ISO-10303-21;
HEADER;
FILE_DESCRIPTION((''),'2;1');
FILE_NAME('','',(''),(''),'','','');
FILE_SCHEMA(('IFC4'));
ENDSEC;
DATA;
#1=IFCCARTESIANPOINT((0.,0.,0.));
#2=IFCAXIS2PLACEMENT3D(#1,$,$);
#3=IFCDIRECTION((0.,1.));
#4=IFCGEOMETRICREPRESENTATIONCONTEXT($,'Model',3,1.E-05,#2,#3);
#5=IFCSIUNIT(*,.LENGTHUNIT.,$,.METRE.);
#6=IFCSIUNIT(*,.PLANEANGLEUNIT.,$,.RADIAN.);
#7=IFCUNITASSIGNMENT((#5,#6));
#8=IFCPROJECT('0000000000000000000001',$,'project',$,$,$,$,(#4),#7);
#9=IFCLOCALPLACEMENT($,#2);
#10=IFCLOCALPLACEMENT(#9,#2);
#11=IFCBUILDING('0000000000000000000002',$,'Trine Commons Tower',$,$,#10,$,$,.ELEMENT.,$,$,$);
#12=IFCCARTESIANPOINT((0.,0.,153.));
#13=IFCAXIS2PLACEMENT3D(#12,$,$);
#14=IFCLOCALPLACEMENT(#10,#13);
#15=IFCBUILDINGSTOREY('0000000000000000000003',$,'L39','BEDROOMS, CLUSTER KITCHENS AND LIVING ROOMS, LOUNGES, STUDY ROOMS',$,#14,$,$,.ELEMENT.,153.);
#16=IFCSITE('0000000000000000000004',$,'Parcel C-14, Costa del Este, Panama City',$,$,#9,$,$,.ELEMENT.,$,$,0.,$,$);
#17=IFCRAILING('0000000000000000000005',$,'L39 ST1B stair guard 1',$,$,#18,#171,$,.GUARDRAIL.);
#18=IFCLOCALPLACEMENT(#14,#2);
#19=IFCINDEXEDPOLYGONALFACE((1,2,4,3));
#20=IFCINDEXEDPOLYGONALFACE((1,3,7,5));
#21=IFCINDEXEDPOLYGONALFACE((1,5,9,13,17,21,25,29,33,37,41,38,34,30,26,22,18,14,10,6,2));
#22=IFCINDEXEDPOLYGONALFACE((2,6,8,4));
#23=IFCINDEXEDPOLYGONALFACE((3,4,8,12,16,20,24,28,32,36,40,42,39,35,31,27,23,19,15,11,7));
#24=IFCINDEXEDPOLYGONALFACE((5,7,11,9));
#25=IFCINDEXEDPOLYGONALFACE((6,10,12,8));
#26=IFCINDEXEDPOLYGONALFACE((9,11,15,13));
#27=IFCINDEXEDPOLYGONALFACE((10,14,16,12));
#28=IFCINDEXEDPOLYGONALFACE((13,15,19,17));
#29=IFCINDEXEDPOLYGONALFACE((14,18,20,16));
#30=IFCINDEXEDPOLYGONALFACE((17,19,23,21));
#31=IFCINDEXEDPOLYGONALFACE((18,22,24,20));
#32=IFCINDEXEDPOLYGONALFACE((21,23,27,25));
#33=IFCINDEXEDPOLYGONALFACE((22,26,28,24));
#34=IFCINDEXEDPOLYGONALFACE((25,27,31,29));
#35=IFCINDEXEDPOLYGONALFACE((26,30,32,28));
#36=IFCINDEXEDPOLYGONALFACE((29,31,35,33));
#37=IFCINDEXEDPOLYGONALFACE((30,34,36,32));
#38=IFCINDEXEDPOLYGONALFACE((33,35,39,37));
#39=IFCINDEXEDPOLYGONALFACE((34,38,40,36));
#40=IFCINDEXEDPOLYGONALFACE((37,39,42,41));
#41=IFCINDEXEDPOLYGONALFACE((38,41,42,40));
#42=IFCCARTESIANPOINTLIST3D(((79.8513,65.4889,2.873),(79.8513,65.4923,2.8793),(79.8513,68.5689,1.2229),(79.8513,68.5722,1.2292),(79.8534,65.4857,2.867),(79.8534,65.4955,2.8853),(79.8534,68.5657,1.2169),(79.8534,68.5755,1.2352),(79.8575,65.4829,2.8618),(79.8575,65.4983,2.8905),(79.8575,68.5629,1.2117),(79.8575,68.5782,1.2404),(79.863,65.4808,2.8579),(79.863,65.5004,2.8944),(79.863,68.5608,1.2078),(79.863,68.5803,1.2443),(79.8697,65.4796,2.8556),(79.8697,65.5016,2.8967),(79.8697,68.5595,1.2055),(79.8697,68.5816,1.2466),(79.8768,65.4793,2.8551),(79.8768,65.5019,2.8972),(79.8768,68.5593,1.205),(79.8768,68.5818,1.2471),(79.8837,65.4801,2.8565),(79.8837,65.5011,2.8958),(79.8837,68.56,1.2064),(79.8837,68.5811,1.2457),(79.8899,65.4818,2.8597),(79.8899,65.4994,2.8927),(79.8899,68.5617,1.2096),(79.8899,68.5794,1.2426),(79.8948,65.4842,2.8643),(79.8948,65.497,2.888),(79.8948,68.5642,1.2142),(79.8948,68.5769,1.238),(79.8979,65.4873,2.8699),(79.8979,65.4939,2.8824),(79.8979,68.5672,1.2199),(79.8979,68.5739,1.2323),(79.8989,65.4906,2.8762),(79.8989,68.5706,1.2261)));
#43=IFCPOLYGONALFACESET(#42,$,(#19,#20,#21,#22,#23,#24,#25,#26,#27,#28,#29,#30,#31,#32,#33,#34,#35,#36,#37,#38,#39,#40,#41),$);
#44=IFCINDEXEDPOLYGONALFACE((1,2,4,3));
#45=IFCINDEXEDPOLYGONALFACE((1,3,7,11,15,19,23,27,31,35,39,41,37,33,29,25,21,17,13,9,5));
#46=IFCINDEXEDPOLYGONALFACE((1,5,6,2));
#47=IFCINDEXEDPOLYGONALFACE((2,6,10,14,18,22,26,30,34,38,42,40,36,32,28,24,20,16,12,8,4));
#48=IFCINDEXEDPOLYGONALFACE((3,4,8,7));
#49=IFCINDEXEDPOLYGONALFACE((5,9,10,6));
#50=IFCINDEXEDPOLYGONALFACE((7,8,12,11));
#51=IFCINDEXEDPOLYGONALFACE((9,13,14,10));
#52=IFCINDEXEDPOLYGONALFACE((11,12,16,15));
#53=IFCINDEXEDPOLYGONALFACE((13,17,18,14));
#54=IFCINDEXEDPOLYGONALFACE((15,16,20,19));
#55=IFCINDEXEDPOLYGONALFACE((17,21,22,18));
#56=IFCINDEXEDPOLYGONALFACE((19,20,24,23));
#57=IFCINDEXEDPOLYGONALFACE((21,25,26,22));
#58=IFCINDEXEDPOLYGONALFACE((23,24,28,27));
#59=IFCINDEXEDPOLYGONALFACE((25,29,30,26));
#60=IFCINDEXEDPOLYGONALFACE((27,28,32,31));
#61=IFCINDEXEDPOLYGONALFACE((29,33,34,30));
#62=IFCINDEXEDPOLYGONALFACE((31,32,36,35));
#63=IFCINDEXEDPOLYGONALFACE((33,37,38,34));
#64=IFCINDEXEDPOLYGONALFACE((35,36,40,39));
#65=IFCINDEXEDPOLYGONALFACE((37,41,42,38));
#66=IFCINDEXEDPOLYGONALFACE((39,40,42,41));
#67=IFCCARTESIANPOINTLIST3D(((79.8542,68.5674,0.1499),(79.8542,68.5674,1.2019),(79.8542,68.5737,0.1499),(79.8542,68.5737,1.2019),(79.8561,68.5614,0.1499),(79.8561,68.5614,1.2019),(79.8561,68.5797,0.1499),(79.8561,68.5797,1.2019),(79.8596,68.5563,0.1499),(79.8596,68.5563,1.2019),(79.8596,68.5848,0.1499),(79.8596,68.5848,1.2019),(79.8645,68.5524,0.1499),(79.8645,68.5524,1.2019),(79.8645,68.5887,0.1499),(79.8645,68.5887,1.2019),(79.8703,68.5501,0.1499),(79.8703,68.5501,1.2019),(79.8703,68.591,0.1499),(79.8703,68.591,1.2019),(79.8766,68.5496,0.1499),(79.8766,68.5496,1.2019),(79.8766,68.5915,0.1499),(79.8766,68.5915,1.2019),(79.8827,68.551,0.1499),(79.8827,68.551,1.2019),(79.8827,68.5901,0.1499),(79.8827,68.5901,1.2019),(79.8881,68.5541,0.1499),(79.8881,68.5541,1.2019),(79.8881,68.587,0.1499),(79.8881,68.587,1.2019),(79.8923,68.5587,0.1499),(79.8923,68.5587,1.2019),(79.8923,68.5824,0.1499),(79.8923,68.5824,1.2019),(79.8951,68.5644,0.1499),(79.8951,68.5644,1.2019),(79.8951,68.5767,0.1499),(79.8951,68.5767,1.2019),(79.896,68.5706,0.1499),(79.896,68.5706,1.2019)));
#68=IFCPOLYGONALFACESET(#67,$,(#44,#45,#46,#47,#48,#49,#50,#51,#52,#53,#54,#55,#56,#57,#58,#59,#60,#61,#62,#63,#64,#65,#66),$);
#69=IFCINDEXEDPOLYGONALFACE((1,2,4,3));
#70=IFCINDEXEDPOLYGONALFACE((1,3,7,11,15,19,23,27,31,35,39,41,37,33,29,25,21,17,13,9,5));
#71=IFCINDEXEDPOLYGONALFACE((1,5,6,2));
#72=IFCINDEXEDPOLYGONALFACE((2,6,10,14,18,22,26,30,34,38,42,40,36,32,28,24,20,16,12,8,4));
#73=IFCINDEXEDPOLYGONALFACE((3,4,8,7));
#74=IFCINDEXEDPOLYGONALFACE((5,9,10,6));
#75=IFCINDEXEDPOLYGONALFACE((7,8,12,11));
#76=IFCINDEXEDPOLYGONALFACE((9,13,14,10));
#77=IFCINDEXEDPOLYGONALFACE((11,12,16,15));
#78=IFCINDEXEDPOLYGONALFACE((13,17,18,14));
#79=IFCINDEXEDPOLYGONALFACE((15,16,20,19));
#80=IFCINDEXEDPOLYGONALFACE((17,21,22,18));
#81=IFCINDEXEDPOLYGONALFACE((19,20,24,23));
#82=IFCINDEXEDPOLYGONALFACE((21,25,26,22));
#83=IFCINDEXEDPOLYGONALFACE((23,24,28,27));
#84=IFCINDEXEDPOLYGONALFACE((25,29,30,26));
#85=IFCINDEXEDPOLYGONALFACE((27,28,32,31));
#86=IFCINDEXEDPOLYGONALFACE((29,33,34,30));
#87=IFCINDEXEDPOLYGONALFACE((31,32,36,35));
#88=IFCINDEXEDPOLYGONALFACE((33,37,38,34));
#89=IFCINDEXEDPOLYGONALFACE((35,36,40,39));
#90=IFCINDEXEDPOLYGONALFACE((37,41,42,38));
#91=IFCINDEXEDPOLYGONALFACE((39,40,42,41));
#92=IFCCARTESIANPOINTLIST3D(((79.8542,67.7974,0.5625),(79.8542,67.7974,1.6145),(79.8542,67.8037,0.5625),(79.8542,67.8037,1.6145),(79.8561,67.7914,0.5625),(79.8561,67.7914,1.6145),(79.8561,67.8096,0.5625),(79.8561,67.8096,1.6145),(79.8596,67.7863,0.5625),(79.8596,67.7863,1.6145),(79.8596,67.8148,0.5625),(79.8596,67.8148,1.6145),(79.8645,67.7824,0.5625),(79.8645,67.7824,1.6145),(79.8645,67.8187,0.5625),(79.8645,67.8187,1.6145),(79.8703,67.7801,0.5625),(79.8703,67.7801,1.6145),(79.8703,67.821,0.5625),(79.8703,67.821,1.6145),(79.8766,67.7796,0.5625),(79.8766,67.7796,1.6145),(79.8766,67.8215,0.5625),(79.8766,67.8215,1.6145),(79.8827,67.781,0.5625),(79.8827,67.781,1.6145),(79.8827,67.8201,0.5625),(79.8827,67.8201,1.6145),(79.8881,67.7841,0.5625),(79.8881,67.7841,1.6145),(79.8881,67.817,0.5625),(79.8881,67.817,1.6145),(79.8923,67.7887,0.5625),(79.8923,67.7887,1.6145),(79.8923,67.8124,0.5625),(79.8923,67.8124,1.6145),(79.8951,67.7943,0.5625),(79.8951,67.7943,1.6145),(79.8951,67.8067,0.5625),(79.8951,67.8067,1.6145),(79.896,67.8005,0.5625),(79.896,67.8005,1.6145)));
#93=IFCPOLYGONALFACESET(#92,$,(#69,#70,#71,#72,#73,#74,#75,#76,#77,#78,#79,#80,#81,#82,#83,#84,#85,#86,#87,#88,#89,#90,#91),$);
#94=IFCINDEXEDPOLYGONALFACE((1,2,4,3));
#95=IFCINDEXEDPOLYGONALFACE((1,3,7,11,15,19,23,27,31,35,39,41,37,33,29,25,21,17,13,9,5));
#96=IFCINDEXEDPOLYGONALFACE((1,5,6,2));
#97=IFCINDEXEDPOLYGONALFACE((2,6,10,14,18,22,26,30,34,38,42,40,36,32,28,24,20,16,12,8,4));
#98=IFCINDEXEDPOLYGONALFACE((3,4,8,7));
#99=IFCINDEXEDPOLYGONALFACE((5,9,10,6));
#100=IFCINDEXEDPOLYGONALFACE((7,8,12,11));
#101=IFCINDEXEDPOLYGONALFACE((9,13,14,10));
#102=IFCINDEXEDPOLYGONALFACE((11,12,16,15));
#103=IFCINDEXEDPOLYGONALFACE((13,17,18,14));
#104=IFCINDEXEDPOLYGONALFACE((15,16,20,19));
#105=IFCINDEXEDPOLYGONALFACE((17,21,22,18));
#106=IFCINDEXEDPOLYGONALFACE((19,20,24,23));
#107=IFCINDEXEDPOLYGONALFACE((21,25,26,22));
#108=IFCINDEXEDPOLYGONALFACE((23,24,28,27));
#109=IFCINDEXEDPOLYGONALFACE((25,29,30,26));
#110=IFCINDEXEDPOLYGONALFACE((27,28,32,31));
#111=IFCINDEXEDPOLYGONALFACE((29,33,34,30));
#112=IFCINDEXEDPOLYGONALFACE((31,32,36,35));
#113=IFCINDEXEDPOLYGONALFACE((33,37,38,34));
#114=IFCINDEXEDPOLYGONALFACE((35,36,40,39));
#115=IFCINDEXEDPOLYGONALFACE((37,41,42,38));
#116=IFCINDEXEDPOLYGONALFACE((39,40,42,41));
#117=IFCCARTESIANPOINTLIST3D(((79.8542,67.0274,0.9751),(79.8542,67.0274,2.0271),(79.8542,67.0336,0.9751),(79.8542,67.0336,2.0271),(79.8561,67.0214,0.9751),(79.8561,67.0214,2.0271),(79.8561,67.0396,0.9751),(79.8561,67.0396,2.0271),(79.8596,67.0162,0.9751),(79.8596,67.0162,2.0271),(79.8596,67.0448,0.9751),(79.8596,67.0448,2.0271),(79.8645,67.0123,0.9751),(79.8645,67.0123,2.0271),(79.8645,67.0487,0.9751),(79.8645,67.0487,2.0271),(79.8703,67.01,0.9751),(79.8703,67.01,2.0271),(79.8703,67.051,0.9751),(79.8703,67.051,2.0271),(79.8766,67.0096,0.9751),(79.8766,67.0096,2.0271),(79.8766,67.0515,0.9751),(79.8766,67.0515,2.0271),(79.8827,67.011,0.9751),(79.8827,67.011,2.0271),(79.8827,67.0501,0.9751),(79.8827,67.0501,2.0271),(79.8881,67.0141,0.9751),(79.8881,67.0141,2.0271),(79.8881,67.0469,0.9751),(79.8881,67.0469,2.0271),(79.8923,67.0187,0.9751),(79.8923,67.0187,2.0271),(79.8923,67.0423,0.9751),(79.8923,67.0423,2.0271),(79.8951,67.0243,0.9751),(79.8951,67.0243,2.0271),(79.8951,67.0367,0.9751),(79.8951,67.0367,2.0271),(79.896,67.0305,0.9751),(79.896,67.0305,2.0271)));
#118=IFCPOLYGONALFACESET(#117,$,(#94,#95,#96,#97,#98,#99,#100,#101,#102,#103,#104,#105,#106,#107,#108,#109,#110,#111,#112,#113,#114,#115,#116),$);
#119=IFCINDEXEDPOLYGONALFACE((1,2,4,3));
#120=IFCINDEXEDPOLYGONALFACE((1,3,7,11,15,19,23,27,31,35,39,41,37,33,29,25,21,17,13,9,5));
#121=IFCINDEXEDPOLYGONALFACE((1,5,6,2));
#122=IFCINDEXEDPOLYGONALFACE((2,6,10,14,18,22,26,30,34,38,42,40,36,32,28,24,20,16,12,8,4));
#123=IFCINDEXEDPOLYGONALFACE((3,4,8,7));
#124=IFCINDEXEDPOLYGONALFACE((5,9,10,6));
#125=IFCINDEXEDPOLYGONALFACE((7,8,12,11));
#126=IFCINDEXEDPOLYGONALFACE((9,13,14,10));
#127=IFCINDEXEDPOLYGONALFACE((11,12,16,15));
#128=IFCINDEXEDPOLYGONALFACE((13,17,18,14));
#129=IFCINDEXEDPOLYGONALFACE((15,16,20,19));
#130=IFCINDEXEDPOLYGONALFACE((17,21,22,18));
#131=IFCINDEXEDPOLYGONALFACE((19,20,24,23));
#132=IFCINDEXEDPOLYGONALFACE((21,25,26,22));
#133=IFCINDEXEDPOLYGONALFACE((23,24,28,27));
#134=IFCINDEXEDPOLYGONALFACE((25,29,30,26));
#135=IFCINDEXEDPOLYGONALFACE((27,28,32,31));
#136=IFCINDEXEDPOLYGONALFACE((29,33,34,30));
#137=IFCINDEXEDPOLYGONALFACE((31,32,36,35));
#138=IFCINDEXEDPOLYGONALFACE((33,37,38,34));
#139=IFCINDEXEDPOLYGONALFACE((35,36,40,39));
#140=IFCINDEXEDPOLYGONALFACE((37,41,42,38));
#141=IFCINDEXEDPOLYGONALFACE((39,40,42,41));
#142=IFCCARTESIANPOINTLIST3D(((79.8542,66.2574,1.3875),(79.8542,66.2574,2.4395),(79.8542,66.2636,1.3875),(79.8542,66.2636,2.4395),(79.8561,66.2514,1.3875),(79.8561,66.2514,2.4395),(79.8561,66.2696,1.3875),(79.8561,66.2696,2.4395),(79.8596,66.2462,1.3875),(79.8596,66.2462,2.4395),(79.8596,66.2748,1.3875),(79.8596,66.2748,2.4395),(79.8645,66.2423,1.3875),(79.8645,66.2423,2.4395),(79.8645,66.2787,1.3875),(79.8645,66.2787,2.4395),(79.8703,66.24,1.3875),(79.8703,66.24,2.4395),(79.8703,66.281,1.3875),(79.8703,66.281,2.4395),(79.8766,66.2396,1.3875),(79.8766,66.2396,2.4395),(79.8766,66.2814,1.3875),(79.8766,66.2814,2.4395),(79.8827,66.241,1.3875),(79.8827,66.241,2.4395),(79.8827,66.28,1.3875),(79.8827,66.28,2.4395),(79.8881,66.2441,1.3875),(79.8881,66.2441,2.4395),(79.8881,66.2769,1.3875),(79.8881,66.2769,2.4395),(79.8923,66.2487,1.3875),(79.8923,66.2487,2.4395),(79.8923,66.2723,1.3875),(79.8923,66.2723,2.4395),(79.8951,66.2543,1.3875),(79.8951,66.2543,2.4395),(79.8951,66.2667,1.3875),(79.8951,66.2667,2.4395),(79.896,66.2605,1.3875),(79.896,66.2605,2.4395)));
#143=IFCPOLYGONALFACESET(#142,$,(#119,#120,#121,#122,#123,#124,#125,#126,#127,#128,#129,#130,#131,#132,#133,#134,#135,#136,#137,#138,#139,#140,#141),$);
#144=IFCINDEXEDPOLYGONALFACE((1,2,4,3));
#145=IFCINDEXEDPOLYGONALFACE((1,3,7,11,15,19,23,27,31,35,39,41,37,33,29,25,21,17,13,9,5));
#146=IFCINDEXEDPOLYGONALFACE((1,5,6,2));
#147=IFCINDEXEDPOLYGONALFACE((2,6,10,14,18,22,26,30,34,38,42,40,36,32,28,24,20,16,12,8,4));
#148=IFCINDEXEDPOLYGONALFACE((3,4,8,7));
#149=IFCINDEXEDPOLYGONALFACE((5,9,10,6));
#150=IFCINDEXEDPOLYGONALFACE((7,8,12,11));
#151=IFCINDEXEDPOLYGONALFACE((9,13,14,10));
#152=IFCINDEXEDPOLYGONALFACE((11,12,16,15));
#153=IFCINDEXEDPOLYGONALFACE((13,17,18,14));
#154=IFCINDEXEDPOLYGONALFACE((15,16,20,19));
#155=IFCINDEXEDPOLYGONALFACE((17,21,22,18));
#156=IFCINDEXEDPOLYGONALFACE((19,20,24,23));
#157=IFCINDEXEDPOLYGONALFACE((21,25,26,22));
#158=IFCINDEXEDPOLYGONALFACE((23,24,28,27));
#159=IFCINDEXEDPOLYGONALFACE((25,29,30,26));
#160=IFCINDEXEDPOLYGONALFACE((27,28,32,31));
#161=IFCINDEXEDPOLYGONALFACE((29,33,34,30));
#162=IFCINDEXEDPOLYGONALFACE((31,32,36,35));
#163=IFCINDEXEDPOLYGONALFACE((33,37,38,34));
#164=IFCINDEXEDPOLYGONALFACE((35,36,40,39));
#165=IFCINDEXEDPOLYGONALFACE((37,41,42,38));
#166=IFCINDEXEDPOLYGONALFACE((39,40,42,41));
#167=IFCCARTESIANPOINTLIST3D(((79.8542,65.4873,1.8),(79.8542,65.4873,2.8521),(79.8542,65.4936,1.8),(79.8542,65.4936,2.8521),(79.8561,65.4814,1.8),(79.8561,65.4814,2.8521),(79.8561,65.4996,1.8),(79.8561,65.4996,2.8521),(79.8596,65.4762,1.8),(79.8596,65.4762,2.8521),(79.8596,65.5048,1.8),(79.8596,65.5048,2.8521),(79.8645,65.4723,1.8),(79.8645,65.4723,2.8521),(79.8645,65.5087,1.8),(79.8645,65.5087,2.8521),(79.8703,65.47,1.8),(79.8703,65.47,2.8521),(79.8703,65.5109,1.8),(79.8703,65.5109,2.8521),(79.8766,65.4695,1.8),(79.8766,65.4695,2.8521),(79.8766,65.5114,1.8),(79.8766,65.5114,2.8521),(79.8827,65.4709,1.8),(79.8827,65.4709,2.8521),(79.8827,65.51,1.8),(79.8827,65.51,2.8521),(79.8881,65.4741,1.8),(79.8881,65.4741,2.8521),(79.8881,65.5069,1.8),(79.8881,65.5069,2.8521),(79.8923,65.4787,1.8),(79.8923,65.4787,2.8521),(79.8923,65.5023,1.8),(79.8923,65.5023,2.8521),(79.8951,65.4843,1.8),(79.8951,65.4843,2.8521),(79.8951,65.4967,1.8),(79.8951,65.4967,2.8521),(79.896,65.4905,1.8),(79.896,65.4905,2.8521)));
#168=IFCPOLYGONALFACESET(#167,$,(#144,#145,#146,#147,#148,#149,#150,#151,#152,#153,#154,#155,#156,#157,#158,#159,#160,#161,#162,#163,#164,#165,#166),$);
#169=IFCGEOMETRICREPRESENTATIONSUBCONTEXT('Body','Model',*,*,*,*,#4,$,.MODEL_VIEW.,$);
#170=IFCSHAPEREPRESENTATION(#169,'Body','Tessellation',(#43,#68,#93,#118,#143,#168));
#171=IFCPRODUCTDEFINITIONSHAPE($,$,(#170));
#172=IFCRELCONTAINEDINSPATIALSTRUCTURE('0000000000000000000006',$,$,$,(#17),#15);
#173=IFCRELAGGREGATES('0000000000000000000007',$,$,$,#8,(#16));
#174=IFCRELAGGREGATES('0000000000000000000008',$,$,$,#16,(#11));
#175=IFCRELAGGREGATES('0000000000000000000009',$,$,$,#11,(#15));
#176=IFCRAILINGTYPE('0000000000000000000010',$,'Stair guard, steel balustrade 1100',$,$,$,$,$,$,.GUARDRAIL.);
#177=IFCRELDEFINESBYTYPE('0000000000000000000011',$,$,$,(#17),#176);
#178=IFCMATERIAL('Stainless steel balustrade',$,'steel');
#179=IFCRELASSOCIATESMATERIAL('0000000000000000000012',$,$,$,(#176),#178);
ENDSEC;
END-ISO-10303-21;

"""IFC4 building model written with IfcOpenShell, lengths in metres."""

from ifc_helpers import new_model, si_unit, direction, frame, origin, origin_2d, place, context, subcontext, project, spatial, circle, extrude, material, type_object, element, save


model = new_model("IFC4")

# Units and contexts
model_context = context("Model", 3, precision=1e-05, world=origin(), true_north=direction((0.0, 1.0)))
body_context = subcontext(model_context, "Body", "Model", "MODEL_VIEW")
ifc_project = project(units=[si_unit("LENGTHUNIT", "METRE"), si_unit("PLANEANGLEUNIT", "RADIAN")], contexts=[model_context])

# Site, building, storey
site_placement = place(None, origin())
site = spatial("IfcSite", under=ifc_project, at=site_placement, Name="Parcel C-14, Costa del Este, Panama City", CompositionType="ELEMENT", RefElevation=0.0)
building_placement = place(site_placement, origin())
building = spatial("IfcBuilding", under=site, at=building_placement, Name="Trine Commons Tower", CompositionType="ELEMENT")
storey_placement = place(building_placement, frame((0.0, 0.0, 153.0)))
storey = spatial("IfcBuildingStorey", under=building, at=storey_placement, Name="L39", Description="BEDROOMS, CLUSTER KITCHENS AND LIVING ROOMS, LOUNGES, STUDY ROOMS", CompositionType="ELEMENT", Elevation=153.0)

# Railing
ifc_material_1 = material(Name="Stainless steel balustrade", Category="steel")
railing_type_1 = type_object("IfcRailingType", Name="Stair guard, steel balustrade 1100", PredefinedType="GUARDRAIL", material=ifc_material_1)
railing_1_placement = place(storey_placement, frame((79.875, 68.5706, 0.1499)))
element("IfcRailing", 1, at=railing_1_placement, inside=storey, type_object=railing_type_1, Name="L39 ST1B stair guard 1", PredefinedType="GUARDRAIL", context=body_context, shape_type="SweptSolid", body=[
    extrude(circle(Radius=0.0239, at=origin_2d()), frame((0.0, 0.0, 1.0762), z_axis=(0.0, -0.881468, 0.472245), x_axis=(1.0, 0.0, 0.0)), (0.0, 0.0, 1.0), 3.4941),
    extrude(circle(Radius=0.021, at=origin_2d()), origin(), (0.0, 0.0, 1.0), 1.052),
    extrude(circle(Radius=0.021, at=origin_2d()), frame((0.0, -0.77, 0.4126)), (0.0, 0.0, 1.0), 1.052),
    extrude(circle(Radius=0.021, at=origin_2d()), frame((0.0, -1.54, 0.8252)), (0.0, 0.0, 1.0), 1.052),
    extrude(circle(Radius=0.021, at=origin_2d()), frame((0.0, -2.3101, 1.2375)), (0.0, 0.0, 1.0), 1.052),
    extrude(circle(Radius=0.021, at=origin_2d()), frame((0.0, -3.0801, 1.6501)), (0.0, 0.0, 1.0), 1.052),
])

save(model, "model.ifc")
